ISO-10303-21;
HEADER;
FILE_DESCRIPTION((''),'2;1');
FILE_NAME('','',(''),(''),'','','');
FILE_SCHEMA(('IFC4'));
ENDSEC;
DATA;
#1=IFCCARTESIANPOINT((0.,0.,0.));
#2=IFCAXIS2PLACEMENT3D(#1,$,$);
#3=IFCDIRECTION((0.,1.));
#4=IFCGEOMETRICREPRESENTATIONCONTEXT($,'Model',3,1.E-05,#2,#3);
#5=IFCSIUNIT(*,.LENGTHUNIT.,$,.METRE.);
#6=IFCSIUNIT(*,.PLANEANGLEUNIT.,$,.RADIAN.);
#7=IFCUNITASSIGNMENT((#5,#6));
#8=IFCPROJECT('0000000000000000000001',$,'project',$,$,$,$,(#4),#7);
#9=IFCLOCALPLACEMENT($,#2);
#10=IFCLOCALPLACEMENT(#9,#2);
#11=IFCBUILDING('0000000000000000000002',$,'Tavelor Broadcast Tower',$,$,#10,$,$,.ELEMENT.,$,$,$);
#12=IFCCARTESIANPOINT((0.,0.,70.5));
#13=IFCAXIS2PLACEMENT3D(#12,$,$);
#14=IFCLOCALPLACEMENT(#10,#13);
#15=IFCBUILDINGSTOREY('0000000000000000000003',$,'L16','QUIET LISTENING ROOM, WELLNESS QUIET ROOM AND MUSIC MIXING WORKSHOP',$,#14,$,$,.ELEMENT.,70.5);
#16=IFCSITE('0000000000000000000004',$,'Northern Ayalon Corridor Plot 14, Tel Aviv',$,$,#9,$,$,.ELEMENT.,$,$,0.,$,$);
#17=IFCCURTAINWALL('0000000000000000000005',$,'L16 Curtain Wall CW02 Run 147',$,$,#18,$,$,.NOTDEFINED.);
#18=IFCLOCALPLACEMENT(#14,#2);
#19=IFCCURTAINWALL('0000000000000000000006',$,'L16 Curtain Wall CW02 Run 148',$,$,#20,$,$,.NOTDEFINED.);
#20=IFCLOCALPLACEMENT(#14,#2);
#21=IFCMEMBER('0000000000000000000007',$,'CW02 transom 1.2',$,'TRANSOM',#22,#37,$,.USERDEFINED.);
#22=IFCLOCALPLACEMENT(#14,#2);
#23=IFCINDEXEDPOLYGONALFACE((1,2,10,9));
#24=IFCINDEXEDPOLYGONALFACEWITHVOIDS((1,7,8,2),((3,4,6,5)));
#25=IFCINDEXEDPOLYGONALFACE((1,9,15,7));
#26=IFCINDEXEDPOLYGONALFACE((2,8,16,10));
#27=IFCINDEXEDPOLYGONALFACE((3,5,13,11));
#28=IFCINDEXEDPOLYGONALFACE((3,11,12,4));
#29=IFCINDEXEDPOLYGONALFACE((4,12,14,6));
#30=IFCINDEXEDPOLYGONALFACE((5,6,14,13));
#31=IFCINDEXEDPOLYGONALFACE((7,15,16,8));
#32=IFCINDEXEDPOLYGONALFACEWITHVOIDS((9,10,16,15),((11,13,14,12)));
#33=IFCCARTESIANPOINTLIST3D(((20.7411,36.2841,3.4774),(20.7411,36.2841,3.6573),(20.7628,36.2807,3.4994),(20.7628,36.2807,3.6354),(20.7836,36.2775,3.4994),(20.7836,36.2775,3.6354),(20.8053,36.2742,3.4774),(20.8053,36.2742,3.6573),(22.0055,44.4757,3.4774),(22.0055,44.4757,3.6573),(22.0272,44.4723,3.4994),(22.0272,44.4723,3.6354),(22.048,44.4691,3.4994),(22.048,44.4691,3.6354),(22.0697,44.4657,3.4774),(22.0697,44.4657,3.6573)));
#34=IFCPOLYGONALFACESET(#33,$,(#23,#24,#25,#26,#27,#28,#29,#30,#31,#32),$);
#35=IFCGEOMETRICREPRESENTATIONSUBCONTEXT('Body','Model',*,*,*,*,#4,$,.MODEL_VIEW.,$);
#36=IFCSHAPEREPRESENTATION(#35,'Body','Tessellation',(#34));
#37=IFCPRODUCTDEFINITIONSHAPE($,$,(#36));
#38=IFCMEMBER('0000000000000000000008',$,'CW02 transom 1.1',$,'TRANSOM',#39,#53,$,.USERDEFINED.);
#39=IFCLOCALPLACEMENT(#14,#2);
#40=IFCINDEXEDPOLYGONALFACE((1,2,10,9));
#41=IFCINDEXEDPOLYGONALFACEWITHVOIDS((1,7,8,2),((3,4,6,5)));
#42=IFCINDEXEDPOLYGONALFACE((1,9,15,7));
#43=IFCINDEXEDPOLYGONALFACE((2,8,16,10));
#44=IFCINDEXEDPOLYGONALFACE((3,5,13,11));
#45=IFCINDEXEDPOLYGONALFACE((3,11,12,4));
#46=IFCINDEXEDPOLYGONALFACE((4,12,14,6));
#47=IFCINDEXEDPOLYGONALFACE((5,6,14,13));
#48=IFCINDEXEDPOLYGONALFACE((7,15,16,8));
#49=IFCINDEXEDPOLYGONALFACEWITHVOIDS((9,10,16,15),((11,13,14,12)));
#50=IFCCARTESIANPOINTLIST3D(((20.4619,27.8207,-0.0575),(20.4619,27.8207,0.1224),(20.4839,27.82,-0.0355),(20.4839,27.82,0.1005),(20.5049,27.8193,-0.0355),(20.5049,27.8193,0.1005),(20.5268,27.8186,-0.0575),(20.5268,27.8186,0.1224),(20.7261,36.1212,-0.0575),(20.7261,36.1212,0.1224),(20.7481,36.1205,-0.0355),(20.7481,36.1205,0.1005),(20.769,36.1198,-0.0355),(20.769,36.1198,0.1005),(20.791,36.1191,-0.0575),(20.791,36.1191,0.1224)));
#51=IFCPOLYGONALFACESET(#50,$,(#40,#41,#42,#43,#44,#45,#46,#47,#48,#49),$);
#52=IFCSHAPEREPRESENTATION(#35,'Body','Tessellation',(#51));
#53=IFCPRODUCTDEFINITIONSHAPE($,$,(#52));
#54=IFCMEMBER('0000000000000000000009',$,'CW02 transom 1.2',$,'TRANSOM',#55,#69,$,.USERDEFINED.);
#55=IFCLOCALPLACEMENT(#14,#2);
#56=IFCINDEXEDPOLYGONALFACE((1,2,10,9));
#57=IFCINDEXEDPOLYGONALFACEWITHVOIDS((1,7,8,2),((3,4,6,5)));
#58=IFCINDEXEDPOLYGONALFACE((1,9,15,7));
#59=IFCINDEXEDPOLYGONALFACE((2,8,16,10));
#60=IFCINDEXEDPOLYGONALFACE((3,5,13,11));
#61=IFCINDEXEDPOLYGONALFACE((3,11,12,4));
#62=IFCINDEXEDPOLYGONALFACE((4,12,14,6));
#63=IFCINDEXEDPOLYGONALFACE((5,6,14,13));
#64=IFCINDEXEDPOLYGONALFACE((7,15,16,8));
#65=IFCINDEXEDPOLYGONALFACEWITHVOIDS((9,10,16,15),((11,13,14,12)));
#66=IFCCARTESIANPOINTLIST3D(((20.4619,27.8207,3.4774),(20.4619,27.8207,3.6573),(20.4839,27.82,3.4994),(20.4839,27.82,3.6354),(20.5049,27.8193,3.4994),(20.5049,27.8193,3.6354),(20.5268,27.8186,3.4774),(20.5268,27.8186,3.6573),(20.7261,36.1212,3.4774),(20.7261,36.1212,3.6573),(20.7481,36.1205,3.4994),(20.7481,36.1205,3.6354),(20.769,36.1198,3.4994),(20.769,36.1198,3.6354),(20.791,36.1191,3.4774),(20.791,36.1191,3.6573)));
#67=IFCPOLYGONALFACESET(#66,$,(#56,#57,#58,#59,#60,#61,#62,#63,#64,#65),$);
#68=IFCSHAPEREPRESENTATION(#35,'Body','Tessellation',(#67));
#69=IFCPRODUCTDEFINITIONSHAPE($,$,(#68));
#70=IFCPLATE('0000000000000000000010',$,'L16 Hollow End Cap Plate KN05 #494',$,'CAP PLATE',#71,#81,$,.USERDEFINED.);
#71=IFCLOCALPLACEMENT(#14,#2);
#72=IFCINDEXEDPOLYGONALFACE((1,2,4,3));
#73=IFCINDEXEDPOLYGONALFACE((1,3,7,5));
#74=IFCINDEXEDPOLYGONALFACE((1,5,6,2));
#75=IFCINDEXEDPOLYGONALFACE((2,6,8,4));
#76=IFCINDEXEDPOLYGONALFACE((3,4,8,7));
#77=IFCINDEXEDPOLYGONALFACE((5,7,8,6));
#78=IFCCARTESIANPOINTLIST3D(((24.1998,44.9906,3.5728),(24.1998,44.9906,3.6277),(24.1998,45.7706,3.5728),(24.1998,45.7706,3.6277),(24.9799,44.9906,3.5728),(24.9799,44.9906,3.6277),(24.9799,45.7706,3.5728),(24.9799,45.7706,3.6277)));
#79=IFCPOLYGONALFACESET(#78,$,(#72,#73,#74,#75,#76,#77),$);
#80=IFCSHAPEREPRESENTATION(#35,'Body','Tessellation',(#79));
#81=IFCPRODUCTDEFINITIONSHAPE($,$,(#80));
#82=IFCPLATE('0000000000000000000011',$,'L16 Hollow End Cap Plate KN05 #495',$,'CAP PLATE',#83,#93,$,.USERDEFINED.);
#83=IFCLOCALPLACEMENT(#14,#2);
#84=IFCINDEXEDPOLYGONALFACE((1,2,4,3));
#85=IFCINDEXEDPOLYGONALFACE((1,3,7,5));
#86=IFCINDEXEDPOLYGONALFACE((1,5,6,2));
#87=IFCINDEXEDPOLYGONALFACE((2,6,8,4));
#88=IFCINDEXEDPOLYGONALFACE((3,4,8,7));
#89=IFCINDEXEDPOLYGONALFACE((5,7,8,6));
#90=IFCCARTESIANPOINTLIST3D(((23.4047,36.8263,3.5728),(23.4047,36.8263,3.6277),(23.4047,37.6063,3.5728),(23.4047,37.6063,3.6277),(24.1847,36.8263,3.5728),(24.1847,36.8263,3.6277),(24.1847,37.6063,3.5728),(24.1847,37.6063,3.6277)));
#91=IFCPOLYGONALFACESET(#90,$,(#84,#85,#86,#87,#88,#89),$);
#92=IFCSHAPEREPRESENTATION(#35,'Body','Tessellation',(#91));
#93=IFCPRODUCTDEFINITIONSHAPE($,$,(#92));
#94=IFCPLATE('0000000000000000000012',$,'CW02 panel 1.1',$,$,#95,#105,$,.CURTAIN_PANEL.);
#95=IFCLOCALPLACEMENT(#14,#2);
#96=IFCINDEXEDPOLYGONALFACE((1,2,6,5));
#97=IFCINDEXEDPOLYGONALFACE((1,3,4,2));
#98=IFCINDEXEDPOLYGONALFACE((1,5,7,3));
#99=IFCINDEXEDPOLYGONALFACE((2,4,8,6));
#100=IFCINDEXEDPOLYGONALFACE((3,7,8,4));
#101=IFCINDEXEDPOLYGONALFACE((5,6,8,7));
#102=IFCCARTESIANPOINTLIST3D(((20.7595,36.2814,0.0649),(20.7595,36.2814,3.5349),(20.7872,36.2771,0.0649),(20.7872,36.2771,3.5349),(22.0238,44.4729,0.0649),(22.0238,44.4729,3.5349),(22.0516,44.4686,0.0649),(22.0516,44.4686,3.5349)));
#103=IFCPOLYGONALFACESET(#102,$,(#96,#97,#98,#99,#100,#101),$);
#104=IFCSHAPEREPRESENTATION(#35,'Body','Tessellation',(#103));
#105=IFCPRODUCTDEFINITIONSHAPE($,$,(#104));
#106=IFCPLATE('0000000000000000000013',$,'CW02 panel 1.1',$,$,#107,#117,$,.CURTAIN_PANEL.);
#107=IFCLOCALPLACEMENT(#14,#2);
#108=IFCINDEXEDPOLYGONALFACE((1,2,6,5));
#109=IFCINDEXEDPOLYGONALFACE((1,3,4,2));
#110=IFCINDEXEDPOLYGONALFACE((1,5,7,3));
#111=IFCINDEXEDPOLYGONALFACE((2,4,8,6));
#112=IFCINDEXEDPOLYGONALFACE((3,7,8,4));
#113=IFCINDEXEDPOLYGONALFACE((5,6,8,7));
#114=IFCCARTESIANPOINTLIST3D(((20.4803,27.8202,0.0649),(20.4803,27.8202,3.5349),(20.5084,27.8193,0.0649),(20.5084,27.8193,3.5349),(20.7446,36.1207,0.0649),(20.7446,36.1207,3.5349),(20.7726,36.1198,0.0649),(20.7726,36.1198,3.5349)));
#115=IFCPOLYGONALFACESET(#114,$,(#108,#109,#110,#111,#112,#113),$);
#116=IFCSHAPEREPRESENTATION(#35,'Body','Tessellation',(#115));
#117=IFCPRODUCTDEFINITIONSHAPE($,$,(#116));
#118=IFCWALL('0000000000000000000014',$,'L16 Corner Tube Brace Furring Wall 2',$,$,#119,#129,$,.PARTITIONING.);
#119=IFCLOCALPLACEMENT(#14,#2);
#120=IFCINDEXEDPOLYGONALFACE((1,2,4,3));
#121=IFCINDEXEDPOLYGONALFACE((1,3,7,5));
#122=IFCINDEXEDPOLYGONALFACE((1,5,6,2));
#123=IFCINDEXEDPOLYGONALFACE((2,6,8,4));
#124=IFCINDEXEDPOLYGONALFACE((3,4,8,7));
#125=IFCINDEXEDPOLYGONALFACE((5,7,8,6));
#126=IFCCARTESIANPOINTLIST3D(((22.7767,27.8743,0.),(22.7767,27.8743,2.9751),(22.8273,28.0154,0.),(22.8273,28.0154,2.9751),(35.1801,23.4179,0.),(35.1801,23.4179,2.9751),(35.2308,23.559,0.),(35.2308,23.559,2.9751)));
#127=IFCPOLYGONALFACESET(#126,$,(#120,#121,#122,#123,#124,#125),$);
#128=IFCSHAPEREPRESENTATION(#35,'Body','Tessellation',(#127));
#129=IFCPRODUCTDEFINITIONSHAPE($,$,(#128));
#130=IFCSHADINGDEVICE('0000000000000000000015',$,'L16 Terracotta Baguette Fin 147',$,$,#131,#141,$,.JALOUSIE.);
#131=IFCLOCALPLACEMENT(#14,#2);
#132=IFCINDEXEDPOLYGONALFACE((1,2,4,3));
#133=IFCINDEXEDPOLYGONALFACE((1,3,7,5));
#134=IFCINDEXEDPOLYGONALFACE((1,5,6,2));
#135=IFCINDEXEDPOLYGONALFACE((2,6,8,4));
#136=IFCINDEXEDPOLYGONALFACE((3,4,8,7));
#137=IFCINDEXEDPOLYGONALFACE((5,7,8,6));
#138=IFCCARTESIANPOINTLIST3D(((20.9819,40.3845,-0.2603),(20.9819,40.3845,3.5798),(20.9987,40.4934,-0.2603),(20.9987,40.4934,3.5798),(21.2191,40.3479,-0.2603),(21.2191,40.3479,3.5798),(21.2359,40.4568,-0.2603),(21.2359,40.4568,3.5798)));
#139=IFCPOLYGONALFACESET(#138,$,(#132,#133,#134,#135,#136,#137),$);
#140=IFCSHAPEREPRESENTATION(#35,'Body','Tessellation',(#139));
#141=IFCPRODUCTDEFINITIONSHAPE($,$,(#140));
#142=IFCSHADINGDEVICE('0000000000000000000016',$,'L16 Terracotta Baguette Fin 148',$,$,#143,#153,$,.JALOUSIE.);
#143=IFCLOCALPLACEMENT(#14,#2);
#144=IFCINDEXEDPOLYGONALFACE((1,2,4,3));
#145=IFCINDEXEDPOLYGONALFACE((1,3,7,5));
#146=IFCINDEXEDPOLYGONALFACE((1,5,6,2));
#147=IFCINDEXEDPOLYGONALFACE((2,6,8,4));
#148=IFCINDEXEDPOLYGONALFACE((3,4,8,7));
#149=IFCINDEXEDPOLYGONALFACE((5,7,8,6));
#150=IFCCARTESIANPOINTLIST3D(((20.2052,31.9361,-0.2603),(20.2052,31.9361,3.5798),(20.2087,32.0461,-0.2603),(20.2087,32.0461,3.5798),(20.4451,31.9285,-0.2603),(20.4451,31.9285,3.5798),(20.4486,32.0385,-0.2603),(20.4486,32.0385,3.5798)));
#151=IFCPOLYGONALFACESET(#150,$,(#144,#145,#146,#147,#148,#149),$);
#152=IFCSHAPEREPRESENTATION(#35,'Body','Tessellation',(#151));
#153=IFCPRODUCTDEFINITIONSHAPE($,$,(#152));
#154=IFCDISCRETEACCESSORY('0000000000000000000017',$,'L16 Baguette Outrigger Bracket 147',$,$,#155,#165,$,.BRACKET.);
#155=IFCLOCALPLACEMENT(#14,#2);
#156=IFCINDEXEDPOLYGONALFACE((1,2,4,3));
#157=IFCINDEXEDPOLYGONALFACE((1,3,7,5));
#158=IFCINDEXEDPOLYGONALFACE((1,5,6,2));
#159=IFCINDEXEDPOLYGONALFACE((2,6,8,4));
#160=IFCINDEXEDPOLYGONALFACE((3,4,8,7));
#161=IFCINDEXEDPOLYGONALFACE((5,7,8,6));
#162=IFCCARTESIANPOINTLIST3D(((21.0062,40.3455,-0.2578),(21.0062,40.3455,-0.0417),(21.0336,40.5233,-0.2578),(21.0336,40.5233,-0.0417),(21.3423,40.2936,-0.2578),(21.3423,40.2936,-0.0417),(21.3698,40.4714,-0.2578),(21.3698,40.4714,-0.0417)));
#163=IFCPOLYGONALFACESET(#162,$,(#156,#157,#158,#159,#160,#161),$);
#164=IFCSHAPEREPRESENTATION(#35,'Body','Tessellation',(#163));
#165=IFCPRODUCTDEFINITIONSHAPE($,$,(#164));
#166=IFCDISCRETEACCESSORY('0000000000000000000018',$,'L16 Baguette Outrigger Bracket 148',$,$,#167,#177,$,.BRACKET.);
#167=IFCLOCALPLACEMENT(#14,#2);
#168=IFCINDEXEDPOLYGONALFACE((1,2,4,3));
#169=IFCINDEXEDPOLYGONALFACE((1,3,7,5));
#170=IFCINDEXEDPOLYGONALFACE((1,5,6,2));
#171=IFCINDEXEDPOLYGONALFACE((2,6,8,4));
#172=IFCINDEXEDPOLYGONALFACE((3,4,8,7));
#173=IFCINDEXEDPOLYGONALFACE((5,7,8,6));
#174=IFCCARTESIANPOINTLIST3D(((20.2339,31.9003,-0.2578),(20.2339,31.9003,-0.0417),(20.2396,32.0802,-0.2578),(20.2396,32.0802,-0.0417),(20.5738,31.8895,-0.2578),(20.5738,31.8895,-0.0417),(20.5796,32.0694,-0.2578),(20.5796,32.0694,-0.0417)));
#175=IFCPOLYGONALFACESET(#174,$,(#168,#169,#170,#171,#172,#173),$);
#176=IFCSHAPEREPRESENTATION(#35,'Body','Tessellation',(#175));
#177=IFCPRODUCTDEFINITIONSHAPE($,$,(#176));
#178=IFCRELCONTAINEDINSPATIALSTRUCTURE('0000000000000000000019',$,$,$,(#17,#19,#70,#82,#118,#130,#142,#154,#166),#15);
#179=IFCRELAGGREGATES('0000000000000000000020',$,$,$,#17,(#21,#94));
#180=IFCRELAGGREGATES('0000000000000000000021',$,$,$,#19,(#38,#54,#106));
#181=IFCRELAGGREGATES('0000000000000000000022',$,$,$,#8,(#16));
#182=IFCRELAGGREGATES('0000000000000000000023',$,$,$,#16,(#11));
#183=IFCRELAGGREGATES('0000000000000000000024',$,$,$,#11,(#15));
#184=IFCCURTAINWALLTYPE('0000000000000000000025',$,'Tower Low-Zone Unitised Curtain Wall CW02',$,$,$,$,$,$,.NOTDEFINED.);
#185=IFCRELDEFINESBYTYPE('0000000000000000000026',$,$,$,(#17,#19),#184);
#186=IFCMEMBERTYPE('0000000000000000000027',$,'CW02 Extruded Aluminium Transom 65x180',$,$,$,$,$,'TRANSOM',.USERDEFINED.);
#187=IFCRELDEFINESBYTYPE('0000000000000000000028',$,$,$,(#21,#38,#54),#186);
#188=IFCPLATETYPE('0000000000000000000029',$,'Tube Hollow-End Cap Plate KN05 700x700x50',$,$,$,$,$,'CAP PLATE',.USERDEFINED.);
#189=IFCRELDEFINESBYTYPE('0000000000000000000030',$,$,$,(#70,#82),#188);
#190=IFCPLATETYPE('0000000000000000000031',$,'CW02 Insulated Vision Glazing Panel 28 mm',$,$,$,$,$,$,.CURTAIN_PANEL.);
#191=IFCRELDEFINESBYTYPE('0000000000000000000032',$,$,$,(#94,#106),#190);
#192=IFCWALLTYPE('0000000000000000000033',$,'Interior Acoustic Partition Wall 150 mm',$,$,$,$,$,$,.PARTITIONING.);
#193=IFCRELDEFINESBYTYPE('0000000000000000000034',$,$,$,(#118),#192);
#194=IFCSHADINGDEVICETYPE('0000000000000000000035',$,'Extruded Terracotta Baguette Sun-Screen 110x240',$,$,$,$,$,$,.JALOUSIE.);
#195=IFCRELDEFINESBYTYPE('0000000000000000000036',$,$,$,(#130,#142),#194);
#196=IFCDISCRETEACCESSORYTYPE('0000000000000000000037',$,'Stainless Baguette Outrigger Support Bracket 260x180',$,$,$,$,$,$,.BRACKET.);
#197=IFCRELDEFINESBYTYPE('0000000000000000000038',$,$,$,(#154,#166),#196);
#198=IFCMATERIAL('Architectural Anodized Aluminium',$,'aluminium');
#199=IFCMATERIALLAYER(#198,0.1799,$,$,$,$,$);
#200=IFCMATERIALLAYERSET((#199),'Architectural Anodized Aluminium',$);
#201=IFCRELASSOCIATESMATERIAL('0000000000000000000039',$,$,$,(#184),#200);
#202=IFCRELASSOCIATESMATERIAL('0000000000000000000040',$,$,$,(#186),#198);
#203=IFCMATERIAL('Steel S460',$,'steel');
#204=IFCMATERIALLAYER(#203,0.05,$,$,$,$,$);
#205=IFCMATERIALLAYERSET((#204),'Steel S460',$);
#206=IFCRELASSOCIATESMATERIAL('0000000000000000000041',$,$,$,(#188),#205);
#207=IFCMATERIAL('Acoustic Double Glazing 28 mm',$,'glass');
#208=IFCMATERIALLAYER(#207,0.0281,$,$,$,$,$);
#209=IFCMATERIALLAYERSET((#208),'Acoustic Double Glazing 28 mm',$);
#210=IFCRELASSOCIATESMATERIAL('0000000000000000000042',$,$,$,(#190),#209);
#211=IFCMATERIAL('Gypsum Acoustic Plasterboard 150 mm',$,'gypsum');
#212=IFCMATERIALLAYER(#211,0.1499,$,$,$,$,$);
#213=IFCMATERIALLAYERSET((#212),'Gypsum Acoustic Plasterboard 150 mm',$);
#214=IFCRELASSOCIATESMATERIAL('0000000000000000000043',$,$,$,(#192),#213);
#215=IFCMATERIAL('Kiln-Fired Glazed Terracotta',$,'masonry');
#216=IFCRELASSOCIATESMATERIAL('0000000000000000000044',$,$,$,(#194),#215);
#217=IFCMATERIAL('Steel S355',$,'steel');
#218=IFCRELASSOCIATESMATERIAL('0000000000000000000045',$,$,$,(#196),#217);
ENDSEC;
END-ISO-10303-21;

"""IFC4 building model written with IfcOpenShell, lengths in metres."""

from ifc_helpers import new_model, si_unit, direction, frame, frame_2d, origin, origin_2d, place, context, subcontext, project, spatial, rectangle, hollow_rectangle, extrude, source, transform, mapped, material, layer, layer_set, material_profile, profile_set, type_object, type_shapes, element, aggregate, save


model = new_model("IFC4")

# Units and contexts
model_context = context("Model", 3, precision=1e-05, world=origin(), true_north=direction((0.0, 1.0)))
body_context = subcontext(model_context, "Body", "Model", "MODEL_VIEW")
ifc_project = project(units=[si_unit("LENGTHUNIT", "METRE"), si_unit("PLANEANGLEUNIT", "RADIAN")], contexts=[model_context])

# Site, building, storey
site_placement = place(None, origin())
site = spatial("IfcSite", under=ifc_project, at=site_placement, Name="Northern Ayalon Corridor Plot 14, Tel Aviv", CompositionType="ELEMENT", RefElevation=0.0)
building_placement = place(site_placement, origin())
building = spatial("IfcBuilding", under=site, at=building_placement, Name="Tavelor Broadcast Tower", CompositionType="ELEMENT")
storey_placement = place(building_placement, frame((0.0, 0.0, 70.5)))
storey = spatial("IfcBuildingStorey", under=building, at=storey_placement, Name="L16", Description="QUIET LISTENING ROOM, WELLNESS QUIET ROOM AND MUSIC MIXING WORKSHOP", CompositionType="ELEMENT", Elevation=70.5)

# Shared definitions
ifc_material_1 = material(Name="Steel S460", Category="steel")

# Shared definitions
ifc_material_2 = material(Name="Steel S355", Category="steel")

# Shared definitions
ifc_material_3 = material(Name="Architectural Anodized Aluminium", Category="aluminium")
ifc_layer_1 = layer(ifc_material_3, 0.1799)
ifc_layer_set_1 = layer_set([ifc_layer_1], Name="Architectural Anodized Aluminium")
curtain_wall_type = type_object("IfcCurtainWallType", Name="Tower Low-Zone Unitised Curtain Wall CW02", PredefinedType="NOTDEFINED", material=ifc_layer_set_1)

# Curtain walls
curtain_wall_1_placement = place(storey_placement, origin())
curtain_wall_1 = element("IfcCurtainWall", 1, at=curtain_wall_1_placement, inside=storey, type_object=curtain_wall_type, Name="L16 Curtain Wall CW02 Run 147", PredefinedType="NOTDEFINED")
curtain_wall_2_placement = place(storey_placement, origin())
curtain_wall_2 = element("IfcCurtainWall", 2, at=curtain_wall_2_placement, inside=storey, type_object=curtain_wall_type, Name="L16 Curtain Wall CW02 Run 148", PredefinedType="NOTDEFINED")

# Members
ifc_material_profile_1 = material_profile(ifc_material_3, hollow_rectangle(XDim=0.0649, YDim=0.1799, WallThickness=0.022, at=origin_2d()), Name="RHS 65x180x22")
ifc_profile_set_1 = profile_set([ifc_material_profile_1], Name="Architectural Anodized Aluminium")
member_type_1 = type_object("IfcMemberType", Name="CW02 Extruded Aluminium Transom 65x180", ElementType="TRANSOM", PredefinedType="USERDEFINED", material=ifc_profile_set_1)
shared_shape_1 = source(origin(), body_context, "Body", "SweptSolid", [
    extrude(hollow_rectangle(XDim=0.0649, YDim=0.1799, WallThickness=0.022, at=origin_2d()), origin(), (0.0, 0.0, 1.0), 8.2886),
])
member_1_placement = place(storey_placement, frame((22.0376, 44.4707, 3.5674), z_axis=(-0.152546, -0.988296, 0.0), x_axis=(0.988296, -0.152546, 0.0)))
member_1 = element("IfcMember", 3, at=member_1_placement, type_object=member_type_1, Name="CW02 transom 1.2", ObjectType="TRANSOM", PredefinedType="USERDEFINED", context=body_context, shape_type="MappedRepresentation", body=[
    mapped(shared_shape_1, transform((0.0, 0.0, 0.0), scale=1.0)),
])
shared_shape_2 = source(origin(), body_context, "Body", "SweptSolid", [
    extrude(hollow_rectangle(XDim=0.0649, YDim=0.1799, WallThickness=0.022, at=origin_2d()), origin(), (0.0, 0.0, 1.0), 8.3047),
])
type_shapes(member_type_1, [shared_shape_1, shared_shape_2])
member_2_placement = place(storey_placement, frame((20.7585, 36.1201, 0.0325), z_axis=(-0.031808, -0.999494, 0.0), x_axis=(0.999494, -0.031808, 0.0)))
member_2 = element("IfcMember", 4, at=member_2_placement, type_object=member_type_1, Name="CW02 transom 1.1", ObjectType="TRANSOM", PredefinedType="USERDEFINED", context=body_context, shape_type="MappedRepresentation", body=[
    mapped(shared_shape_2, transform((0.0, 0.0, 0.0), scale=1.0)),
])
member_3_placement = place(storey_placement, frame((20.7585, 36.1201, 3.5674), z_axis=(-0.031808, -0.999494, 0.0), x_axis=(0.999494, -0.031808, 0.0)))
member_3 = element("IfcMember", 5, at=member_3_placement, type_object=member_type_1, Name="CW02 transom 1.2", ObjectType="TRANSOM", PredefinedType="USERDEFINED", context=body_context, shape_type="MappedRepresentation", body=[
    mapped(shared_shape_2, transform((0.0, 0.0, 0.0), scale=1.0)),
])

# Plates
ifc_layer_2 = layer(ifc_material_1, 0.05)
ifc_layer_set_2 = layer_set([ifc_layer_2], Name="Steel S460")
plate_type_1 = type_object("IfcPlateType", Name="Tube Hollow-End Cap Plate KN05 700x700x50", ElementType="CAP PLATE", PredefinedType="USERDEFINED", material=ifc_layer_set_2)
shared_shape_3 = source(origin(), body_context, "Body", "SweptSolid", [
    extrude(rectangle(XDim=0.78, YDim=0.78, at=origin_2d()), origin(), (0.0, 0.0, 1.0), 0.0549),
])
type_shapes(plate_type_1, [shared_shape_3])
for number, where, z_axis, x_axis, name in (
    (6, (24.5898, 45.3806, 3.5728), (0.0, 0.0, 1.0), (1.0, 0.0, 0.0), "L16 Hollow End Cap Plate KN05 #494"),
    (7, (23.7947, 37.2163, 3.5728), (0.0, 0.0, 1.0), (1.0, 0.0, 0.0), "L16 Hollow End Cap Plate KN05 #495"),
):
    element("IfcPlate", number, at=place(storey_placement, frame(where, z_axis=z_axis, x_axis=x_axis)), inside=storey, type_object=plate_type_1, Name=name, ObjectType="CAP PLATE", PredefinedType="USERDEFINED", context=body_context, shape_type="MappedRepresentation", body=[
        mapped(shared_shape_3, transform((0.0, 0.0, 0.0), scale=1.0)),
    ])

# Plates
ifc_material_4 = material(Name="Acoustic Double Glazing 28 mm", Category="glass")
ifc_layer_3 = layer(ifc_material_4, 0.0281)
ifc_layer_set_3 = layer_set([ifc_layer_3], Name="Acoustic Double Glazing 28 mm")
plate_type_2 = type_object("IfcPlateType", Name="CW02 Insulated Vision Glazing Panel 28 mm", PredefinedType="CURTAIN_PANEL", material=ifc_layer_set_3)
shared_shape_4 = source(origin(), body_context, "Body", "SweptSolid", [
    extrude(rectangle(XDim=8.2886, YDim=0.0281, at=origin_2d()), origin(), (0.0, 0.0, 1.0), 3.47),
])
plate_1_placement = place(storey_placement, frame((21.4055, 40.375, 0.0649), z_axis=(0.0, 0.0, 1.0), x_axis=(-0.152545, -0.988297, 0.0)))
plate_1 = element("IfcPlate", 8, at=plate_1_placement, type_object=plate_type_2, Name="CW02 panel 1.1", PredefinedType="CURTAIN_PANEL", context=body_context, shape_type="MappedRepresentation", body=[
    mapped(shared_shape_4, transform((0.0, 0.0, 0.0), scale=1.0)),
])
aggregate(curtain_wall_1, [member_1, plate_1])
shared_shape_5 = source(origin(), body_context, "Body", "SweptSolid", [
    extrude(rectangle(XDim=8.3047, YDim=0.0281, at=origin_2d()), origin(), (0.0, 0.0, 1.0), 3.47),
])
type_shapes(plate_type_2, [shared_shape_4, shared_shape_5])
plate_2_placement = place(storey_placement, frame((20.6265, 31.97, 0.0649), z_axis=(0.0, 0.0, 1.0), x_axis=(-0.031821, -0.999494, 0.0)))
plate_2 = element("IfcPlate", 9, at=plate_2_placement, type_object=plate_type_2, Name="CW02 panel 1.1", PredefinedType="CURTAIN_PANEL", context=body_context, shape_type="MappedRepresentation", body=[
    mapped(shared_shape_5, transform((0.0, 0.0, 0.0), scale=1.0)),
])
aggregate(curtain_wall_2, [member_2, member_3, plate_2])

# Wall
ifc_material_5 = material(Name="Gypsum Acoustic Plasterboard 150 mm", Category="gypsum")
ifc_layer_4 = layer(ifc_material_5, 0.1499)
ifc_layer_set_4 = layer_set([ifc_layer_4], Name="Gypsum Acoustic Plasterboard 150 mm")
wall_type = type_object("IfcWallType", Name="Interior Acoustic Partition Wall 150 mm", PredefinedType="PARTITIONING", material=ifc_layer_set_4)
wall_placement = place(storey_placement, frame((22.802, 27.9448, 0.0), z_axis=(0.0, 0.0, 1.0), x_axis=(0.941102, -0.338122, 0.0)))
element("IfcWall", 10, at=wall_placement, inside=storey, type_object=wall_type, Name="L16 Corner Tube Brace Furring Wall 2", PredefinedType="PARTITIONING", context=body_context, shape_type="SweptSolid", body=[
    extrude(rectangle(XDim=13.1797, YDim=0.1499, at=frame_2d((6.5898, 0.0))), origin(), (0.0, 0.0, 1.0), 2.9751),
])

# Shading devices
ifc_material_6 = material(Name="Kiln-Fired Glazed Terracotta", Category="masonry")
shading_device_type = type_object("IfcShadingDeviceType", Name="Extruded Terracotta Baguette Sun-Screen 110x240", PredefinedType="JALOUSIE", material=ifc_material_6)
shared_shape_6 = source(origin(), body_context, "Body", "SweptSolid", [
    extrude(rectangle(XDim=0.1101, YDim=0.24, at=origin_2d()), origin(), (0.0, 0.0, 1.0), 3.8401),
])
type_shapes(shading_device_type, [shared_shape_6])
for number, where, z_axis, x_axis, name in (
    (11, (21.1089, 40.4207, -0.2603), (0.0, 0.0, 1.0), (-0.152468, -0.988308, 0.0), "L16 Terracotta Baguette Fin 147"),
    (12, (20.3269, 31.9873, -0.2603), (0.0, 0.0, 1.0), (-0.03176, -0.999496, 0.0), "L16 Terracotta Baguette Fin 148"),
):
    element("IfcShadingDevice", number, at=place(storey_placement, frame(where, z_axis=z_axis, x_axis=x_axis)), inside=storey, type_object=shading_device_type, Name=name, PredefinedType="JALOUSIE", context=body_context, shape_type="MappedRepresentation", body=[
        mapped(shared_shape_6, transform((0.0, 0.0, 0.0), scale=1.0)),
    ])

# Discrete accessories
discrete_accessory_type = type_object("IfcDiscreteAccessoryType", Name="Stainless Baguette Outrigger Support Bracket 260x180", PredefinedType="BRACKET", material=ifc_material_2)
shared_shape_7 = source(origin(), body_context, "Body", "SweptSolid", [
    extrude(rectangle(XDim=0.1799, YDim=0.3401, at=origin_2d()), origin(), (0.0, 0.0, 1.0), 0.2161),
])
type_shapes(discrete_accessory_type, [shared_shape_7])
for number, where, z_axis, x_axis, name in (
    (13, (21.188, 40.4084, -0.2578), (0.0, 0.0, 1.0), (-0.152468, -0.988308, 0.0), "L16 Baguette Outrigger Bracket 147"),
    (14, (20.4067, 31.9849, -0.2578), (0.0, 0.0, 1.0), (-0.03176, -0.999496, 0.0), "L16 Baguette Outrigger Bracket 148"),
):
    element("IfcDiscreteAccessory", number, at=place(storey_placement, frame(where, z_axis=z_axis, x_axis=x_axis)), inside=storey, type_object=discrete_accessory_type, Name=name, PredefinedType="BRACKET", context=body_context, shape_type="MappedRepresentation", body=[
        mapped(shared_shape_7, transform((0.0, 0.0, 0.0), scale=1.0)),
    ])

save(model, "model.ifc")
